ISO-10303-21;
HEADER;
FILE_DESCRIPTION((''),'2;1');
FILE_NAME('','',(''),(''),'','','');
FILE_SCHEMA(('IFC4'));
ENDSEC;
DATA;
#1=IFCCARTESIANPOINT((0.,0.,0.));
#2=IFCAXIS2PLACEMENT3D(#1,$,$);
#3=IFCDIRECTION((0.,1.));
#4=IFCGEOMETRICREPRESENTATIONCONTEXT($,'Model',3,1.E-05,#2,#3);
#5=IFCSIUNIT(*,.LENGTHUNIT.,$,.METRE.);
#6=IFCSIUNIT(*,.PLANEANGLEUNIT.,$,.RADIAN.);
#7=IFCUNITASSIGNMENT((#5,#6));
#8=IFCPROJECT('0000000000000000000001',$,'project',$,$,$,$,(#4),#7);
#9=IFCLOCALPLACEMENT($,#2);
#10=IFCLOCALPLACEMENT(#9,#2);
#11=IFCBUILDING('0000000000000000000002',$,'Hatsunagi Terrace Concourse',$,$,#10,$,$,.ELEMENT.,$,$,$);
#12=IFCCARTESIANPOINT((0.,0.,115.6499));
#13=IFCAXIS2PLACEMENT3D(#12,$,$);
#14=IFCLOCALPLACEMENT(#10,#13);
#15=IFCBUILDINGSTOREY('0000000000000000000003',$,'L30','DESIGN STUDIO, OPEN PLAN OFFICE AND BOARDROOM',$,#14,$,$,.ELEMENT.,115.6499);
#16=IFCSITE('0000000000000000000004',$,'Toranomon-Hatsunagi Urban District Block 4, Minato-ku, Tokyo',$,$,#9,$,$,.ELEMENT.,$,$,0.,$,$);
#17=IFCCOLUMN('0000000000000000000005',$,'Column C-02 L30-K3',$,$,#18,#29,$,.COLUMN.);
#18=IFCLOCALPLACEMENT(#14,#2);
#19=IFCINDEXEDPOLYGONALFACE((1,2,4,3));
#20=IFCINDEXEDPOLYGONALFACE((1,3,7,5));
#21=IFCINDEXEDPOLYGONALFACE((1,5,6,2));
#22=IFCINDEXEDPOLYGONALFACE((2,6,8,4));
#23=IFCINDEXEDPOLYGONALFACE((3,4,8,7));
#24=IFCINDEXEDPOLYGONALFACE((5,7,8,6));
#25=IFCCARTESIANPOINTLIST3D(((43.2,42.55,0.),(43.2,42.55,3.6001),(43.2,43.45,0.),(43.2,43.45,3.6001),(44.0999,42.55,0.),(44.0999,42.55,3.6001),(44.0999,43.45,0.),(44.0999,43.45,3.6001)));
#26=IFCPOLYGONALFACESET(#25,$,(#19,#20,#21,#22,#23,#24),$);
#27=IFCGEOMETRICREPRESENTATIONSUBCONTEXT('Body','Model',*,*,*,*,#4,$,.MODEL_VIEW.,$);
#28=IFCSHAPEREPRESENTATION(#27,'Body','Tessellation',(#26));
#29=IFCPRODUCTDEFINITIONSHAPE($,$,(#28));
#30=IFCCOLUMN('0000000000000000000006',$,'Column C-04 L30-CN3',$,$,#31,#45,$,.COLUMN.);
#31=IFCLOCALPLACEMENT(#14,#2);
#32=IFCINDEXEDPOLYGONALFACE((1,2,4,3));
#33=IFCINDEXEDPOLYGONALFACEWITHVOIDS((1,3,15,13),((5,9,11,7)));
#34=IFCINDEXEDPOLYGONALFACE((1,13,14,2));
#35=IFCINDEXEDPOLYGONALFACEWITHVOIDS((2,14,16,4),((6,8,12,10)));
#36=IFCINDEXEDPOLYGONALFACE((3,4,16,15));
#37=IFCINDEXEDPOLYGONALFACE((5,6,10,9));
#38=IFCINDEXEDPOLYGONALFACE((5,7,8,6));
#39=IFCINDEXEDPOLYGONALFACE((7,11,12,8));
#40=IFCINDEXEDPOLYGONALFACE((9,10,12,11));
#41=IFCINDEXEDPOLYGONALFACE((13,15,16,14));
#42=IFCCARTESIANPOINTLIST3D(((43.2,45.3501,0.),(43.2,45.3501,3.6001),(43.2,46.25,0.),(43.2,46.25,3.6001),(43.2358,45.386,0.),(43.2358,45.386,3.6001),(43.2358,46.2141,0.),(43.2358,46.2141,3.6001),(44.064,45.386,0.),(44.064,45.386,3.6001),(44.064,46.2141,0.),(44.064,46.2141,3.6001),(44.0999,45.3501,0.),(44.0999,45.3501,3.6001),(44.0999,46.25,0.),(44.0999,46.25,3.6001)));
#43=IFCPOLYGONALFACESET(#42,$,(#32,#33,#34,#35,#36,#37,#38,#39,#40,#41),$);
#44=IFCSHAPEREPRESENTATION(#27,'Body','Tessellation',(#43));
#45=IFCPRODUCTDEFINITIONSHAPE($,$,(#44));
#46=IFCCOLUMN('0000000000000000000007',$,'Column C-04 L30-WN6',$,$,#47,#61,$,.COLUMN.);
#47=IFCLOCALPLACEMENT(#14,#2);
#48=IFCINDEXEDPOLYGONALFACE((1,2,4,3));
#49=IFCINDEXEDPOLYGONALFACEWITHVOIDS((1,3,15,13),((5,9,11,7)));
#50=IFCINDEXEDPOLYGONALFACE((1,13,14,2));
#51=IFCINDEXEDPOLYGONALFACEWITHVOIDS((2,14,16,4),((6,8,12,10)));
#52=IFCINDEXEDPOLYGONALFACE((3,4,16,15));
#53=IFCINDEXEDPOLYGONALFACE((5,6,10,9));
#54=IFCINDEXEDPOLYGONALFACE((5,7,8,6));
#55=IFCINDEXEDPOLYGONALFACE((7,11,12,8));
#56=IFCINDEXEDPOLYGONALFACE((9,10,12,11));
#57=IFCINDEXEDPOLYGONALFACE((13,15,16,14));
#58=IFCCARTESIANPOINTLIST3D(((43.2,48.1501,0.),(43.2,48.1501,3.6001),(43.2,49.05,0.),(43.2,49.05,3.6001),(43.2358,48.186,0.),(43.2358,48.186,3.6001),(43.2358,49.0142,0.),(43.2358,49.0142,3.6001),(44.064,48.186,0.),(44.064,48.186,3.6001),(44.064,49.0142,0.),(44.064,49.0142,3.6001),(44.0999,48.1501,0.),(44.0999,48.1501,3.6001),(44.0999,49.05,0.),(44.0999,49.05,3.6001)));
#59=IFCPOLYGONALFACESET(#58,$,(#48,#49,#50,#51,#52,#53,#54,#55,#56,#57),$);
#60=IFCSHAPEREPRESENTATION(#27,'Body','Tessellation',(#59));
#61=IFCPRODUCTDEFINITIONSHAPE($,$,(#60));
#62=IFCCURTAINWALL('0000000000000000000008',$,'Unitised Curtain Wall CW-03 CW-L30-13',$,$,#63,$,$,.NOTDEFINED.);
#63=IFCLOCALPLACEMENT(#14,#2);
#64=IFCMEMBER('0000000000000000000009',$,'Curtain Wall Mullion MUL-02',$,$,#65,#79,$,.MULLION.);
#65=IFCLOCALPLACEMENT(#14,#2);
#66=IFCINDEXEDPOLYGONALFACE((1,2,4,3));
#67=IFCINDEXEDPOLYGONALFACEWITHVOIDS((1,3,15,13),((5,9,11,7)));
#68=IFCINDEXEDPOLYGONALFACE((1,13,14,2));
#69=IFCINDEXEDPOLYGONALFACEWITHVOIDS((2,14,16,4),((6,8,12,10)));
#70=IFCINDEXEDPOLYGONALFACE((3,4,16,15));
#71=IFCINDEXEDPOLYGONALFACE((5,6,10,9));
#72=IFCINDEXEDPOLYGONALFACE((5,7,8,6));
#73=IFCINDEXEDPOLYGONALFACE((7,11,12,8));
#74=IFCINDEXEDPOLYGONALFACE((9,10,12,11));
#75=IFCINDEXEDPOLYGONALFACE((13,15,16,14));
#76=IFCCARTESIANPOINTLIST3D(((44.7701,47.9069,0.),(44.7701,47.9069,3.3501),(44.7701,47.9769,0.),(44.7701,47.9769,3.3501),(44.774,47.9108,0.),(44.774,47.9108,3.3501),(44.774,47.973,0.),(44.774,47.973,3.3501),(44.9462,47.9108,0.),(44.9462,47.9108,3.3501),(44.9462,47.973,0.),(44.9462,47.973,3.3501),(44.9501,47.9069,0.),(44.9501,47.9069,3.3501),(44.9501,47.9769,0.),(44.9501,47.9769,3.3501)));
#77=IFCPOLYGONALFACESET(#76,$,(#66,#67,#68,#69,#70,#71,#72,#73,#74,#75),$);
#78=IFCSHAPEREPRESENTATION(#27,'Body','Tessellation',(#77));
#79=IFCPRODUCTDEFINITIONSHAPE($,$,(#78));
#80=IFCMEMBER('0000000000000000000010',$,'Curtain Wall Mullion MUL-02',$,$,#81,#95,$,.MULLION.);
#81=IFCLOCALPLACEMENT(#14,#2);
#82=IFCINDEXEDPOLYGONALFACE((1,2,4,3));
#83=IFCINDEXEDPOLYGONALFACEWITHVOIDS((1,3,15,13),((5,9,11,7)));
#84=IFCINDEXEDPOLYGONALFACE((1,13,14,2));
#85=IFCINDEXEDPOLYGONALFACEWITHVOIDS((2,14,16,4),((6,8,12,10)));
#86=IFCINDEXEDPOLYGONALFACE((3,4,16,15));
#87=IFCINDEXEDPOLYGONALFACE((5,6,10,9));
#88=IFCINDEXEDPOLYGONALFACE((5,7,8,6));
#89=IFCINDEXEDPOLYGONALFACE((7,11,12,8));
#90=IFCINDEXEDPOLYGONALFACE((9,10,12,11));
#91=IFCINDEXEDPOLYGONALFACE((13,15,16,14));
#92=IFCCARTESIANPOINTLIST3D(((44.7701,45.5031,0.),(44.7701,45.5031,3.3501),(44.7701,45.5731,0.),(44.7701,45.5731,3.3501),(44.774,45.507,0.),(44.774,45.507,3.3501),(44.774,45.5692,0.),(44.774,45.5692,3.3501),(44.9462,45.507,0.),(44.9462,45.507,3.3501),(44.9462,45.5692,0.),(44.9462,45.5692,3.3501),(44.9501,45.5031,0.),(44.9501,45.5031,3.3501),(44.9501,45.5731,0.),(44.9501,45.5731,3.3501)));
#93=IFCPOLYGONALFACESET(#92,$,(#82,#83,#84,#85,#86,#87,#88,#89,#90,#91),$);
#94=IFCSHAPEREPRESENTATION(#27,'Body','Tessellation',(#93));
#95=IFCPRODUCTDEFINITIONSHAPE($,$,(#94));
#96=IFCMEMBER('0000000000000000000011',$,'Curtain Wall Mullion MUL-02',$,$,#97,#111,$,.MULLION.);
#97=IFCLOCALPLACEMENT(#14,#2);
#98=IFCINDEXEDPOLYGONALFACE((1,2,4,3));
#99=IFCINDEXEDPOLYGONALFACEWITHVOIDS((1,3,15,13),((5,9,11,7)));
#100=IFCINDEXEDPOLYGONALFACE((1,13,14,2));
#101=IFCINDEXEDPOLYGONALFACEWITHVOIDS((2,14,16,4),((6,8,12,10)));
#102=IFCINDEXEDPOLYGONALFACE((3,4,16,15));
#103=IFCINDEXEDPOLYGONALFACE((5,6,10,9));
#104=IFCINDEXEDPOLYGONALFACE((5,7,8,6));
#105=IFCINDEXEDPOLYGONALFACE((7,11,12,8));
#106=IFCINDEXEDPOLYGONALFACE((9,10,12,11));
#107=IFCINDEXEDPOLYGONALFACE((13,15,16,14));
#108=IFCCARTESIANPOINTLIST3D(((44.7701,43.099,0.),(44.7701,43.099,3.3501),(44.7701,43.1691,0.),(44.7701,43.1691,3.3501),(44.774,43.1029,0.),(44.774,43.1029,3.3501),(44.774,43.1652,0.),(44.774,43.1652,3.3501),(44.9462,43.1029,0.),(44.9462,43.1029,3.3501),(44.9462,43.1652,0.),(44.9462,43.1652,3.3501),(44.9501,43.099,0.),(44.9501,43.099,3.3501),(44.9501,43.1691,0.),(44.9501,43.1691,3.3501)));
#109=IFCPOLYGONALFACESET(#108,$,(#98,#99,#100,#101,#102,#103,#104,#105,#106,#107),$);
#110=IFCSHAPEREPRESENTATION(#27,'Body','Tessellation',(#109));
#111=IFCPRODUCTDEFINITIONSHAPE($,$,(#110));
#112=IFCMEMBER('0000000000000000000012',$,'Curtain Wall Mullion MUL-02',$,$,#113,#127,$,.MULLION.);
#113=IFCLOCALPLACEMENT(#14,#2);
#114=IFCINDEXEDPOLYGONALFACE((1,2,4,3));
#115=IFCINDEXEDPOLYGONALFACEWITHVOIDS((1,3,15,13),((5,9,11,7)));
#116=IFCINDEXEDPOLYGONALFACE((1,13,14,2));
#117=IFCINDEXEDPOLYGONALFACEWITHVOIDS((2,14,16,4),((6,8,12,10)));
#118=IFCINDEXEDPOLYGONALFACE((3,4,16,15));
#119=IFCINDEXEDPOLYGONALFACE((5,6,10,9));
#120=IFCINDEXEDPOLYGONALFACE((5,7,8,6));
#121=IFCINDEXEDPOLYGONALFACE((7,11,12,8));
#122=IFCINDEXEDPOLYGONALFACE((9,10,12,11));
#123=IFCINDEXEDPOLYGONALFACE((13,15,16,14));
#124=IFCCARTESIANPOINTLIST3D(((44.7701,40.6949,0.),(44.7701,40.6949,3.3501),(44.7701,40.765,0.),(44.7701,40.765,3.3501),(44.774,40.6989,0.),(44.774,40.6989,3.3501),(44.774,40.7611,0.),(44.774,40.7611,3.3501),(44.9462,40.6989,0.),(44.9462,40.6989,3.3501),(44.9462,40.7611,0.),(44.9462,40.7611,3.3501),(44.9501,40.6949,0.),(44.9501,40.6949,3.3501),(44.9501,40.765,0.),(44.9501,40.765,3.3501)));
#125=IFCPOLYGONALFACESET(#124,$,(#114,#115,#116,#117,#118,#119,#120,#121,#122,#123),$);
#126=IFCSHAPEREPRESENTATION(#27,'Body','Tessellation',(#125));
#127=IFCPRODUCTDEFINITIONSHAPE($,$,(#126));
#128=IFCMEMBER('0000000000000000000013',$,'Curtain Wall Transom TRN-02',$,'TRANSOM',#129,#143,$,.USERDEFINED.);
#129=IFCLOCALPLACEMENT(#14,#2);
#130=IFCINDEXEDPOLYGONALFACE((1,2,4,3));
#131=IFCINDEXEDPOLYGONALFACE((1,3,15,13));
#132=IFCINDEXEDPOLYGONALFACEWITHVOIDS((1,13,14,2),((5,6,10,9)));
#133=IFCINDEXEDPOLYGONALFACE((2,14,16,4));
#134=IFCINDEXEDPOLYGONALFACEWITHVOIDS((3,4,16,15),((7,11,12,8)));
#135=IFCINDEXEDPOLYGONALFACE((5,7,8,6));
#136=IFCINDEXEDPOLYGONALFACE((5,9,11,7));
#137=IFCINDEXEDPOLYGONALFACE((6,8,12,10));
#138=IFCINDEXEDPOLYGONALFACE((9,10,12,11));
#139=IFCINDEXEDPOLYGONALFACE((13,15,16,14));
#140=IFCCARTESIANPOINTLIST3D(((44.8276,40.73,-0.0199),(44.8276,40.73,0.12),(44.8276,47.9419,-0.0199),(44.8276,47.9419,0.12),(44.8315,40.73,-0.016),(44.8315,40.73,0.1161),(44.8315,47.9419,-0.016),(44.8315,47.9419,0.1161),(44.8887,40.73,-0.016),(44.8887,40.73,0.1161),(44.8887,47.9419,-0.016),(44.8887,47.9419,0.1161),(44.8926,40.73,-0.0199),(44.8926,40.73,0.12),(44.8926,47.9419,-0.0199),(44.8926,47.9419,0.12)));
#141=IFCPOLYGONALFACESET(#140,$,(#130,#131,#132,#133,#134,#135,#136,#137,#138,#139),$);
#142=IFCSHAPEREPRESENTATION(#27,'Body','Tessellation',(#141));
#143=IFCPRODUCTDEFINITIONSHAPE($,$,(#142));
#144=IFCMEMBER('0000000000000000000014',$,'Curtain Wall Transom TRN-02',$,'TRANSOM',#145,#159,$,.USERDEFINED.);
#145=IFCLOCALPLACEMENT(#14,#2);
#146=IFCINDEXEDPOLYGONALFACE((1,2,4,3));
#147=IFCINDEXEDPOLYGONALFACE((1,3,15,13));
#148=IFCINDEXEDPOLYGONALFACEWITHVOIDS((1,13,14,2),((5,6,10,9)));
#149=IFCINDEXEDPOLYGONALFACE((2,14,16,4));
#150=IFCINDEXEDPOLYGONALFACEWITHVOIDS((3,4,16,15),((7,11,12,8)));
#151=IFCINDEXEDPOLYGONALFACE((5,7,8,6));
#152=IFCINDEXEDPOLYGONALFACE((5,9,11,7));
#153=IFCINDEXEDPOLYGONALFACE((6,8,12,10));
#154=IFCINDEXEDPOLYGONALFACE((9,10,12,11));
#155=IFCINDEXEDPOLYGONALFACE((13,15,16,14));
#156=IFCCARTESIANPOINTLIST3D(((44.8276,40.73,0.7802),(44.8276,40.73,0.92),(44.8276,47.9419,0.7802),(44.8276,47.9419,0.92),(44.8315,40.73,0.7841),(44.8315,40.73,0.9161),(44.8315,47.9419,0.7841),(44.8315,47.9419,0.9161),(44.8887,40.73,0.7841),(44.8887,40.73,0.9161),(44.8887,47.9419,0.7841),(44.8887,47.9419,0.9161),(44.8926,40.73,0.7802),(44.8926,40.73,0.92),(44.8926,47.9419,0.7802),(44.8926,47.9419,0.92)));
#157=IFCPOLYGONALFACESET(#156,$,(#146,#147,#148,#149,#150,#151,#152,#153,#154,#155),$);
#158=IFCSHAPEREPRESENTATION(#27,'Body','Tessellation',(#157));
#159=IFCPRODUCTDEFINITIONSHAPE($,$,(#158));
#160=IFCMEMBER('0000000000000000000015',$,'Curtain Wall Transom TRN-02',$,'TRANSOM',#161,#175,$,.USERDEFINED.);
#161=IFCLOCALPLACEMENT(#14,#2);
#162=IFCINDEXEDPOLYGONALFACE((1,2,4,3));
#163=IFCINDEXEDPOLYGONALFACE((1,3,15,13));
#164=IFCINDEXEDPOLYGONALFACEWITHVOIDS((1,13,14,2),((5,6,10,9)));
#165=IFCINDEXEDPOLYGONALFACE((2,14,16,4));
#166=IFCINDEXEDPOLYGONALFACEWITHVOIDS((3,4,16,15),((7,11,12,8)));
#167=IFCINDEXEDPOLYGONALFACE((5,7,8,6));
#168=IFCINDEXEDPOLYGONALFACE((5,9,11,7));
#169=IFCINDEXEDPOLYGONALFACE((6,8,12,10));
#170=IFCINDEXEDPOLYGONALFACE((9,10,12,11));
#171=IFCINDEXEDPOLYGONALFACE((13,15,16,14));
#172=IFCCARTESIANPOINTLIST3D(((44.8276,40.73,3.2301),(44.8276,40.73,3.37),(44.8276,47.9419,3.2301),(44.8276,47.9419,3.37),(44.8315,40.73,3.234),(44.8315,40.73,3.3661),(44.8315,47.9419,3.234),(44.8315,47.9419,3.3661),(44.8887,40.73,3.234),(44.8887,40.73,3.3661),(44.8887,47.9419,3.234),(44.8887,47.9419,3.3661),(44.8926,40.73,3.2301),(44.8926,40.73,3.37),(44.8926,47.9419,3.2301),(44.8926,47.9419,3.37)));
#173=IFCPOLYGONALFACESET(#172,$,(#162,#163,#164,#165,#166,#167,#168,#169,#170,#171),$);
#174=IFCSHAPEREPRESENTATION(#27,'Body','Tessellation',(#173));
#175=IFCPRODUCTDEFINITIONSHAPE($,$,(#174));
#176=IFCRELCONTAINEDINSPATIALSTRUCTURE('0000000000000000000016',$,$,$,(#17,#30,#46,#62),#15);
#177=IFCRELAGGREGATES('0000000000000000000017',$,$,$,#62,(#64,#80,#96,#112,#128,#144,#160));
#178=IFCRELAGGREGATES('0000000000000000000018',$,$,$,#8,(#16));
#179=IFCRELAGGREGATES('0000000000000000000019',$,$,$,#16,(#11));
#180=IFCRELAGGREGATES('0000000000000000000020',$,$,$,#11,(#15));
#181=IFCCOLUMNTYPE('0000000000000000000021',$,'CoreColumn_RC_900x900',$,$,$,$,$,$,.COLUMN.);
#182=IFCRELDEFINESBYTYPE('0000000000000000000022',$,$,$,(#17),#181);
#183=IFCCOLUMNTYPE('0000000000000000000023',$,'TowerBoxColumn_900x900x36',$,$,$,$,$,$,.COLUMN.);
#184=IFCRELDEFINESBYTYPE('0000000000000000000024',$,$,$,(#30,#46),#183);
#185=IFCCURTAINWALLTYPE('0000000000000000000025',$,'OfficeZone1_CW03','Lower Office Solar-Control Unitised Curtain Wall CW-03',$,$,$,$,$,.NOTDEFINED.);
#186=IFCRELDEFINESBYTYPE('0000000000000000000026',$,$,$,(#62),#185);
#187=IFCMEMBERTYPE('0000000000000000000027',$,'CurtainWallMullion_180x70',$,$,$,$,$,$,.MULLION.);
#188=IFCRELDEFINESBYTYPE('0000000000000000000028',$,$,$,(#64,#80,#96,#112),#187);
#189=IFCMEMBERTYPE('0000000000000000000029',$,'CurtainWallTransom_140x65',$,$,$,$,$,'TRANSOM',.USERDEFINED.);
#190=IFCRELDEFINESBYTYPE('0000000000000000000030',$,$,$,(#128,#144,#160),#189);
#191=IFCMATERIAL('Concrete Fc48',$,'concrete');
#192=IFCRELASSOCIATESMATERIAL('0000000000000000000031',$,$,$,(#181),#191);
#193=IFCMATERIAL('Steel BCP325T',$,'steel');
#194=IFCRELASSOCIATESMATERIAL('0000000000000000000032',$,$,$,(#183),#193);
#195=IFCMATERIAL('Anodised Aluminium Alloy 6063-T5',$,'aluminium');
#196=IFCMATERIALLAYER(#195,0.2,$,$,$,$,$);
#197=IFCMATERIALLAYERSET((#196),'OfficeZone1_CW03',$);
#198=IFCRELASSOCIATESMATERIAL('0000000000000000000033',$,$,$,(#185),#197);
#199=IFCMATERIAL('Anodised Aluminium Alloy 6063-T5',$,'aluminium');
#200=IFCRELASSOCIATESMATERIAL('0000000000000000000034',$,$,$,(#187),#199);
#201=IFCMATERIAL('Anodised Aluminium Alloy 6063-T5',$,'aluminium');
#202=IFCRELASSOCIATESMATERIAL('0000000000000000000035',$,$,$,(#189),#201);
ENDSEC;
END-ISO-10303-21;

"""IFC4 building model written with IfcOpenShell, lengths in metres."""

from ifc_helpers import new_model, si_unit, direction, frame, origin, origin_2d, place, context, subcontext, project, spatial, rectangle, hollow_rectangle, extrude, material, layer, layer_set, material_profile, profile_set, type_object, element, aggregate, save


model = new_model("IFC4")

# Units and contexts
model_context = context("Model", 3, precision=1e-05, world=origin(), true_north=direction((0.0, 1.0)))
body_context = subcontext(model_context, "Body", "Model", "MODEL_VIEW")
ifc_project = project(units=[si_unit("LENGTHUNIT", "METRE"), si_unit("PLANEANGLEUNIT", "RADIAN")], contexts=[model_context])

# Site, building, storey
site_placement = place(None, origin())
site = spatial("IfcSite", under=ifc_project, at=site_placement, Name="Toranomon-Hatsunagi Urban District Block 4, Minato-ku, Tokyo", CompositionType="ELEMENT", RefElevation=0.0)
building_placement = place(site_placement, origin())
building = spatial("IfcBuilding", under=site, at=building_placement, Name="Hatsunagi Terrace Concourse", CompositionType="ELEMENT")
storey_placement = place(building_placement, frame((0.0, 0.0, 115.6499)))
storey = spatial("IfcBuildingStorey", under=building, at=storey_placement, Name="L30", Description="DESIGN STUDIO, OPEN PLAN OFFICE AND BOARDROOM", CompositionType="ELEMENT", Elevation=115.6499)

# Columns
ifc_material_1 = material(Name="Concrete Fc48", Category="concrete")
ifc_material_profile_1 = material_profile(ifc_material_1, rectangle(XDim=0.8999, YDim=0.8999, at=origin_2d()), Name="RC-900x900")
ifc_profile_set_1 = profile_set([ifc_material_profile_1], Name="Concrete Fc48")
column_type_1 = type_object("IfcColumnType", Name="CoreColumn_RC_900x900", PredefinedType="COLUMN", material=ifc_profile_set_1)
column_placement = place(storey_placement, frame((43.6499, 43.0, 0.0), z_axis=(0.0, 0.0, 1.0), x_axis=(1.0, 0.0, 0.0)))
element("IfcColumn", 1, at=column_placement, inside=storey, type_object=column_type_1, Name="Column C-02 L30-K3", PredefinedType="COLUMN", context=body_context, shape_type="SweptSolid", body=[
    extrude(rectangle(XDim=0.8999, YDim=0.8999, at=origin_2d()), origin(), (0.0, 0.0, 1.0), 3.6001),
])
ifc_material_2 = material(Name="Steel BCP325T", Category="steel")
ifc_material_profile_2 = material_profile(ifc_material_2, hollow_rectangle(XDim=0.8999, YDim=0.8999, WallThickness=0.0359, at=origin_2d()), Name="BCP-900x900x36")
ifc_profile_set_2 = profile_set([ifc_material_profile_2], Name="Steel BCP325T")
column_type_2 = type_object("IfcColumnType", Name="TowerBoxColumn_900x900x36", PredefinedType="COLUMN", material=ifc_profile_set_2)
for number, where, z_axis, x_axis, name in (
    (2, (43.6499, 45.8, 0.0), (0.0, 0.0, 1.0), (1.0, 0.0, 0.0), "Column C-04 L30-CN3"),
    (3, (43.6499, 48.6001, 0.0), (0.0, 0.0, 1.0), (1.0, 0.0, 0.0), "Column C-04 L30-WN6"),
):
    element("IfcColumn", number, at=place(storey_placement, frame(where, z_axis=z_axis, x_axis=x_axis)), inside=storey, type_object=column_type_2, Name=name, PredefinedType="COLUMN", context=body_context, shape_type="SweptSolid", body=[
        extrude(hollow_rectangle(XDim=0.8999, YDim=0.8999, WallThickness=0.0359, at=origin_2d()), origin(), (0.0, 0.0, 1.0), 3.6001),
    ])

# Curtain wall, members
ifc_material_3 = material(Name="Anodised Aluminium Alloy 6063-T5", Category="aluminium")
ifc_layer_1 = layer(ifc_material_3, 0.2)
ifc_layer_set_1 = layer_set([ifc_layer_1], Name="OfficeZone1_CW03")
curtain_wall_type = type_object("IfcCurtainWallType", Name="OfficeZone1_CW03", Description="Lower Office Solar-Control Unitised Curtain Wall CW-03", PredefinedType="NOTDEFINED", material=ifc_layer_set_1)
curtain_wall_placement = place(storey_placement, origin())
curtain_wall = element("IfcCurtainWall", 4, at=curtain_wall_placement, inside=storey, type_object=curtain_wall_type, Name="Unitised Curtain Wall CW-03 CW-L30-13", PredefinedType="NOTDEFINED")
ifc_material_4 = material(Name="Anodised Aluminium Alloy 6063-T5", Category="aluminium")
ifc_material_profile_3 = material_profile(ifc_material_4, hollow_rectangle(XDim=0.0701, YDim=0.1799, WallThickness=0.0039, at=origin_2d()), Name="ALU-MUL-180x70x4")
ifc_profile_set_3 = profile_set([ifc_material_profile_3], Name="Anodised Aluminium Alloy 6063-T5")
member_type_1 = type_object("IfcMemberType", Name="CurtainWallMullion_180x70", PredefinedType="MULLION", material=ifc_profile_set_3)
member_1_placement = place(storey_placement, frame((44.8601, 47.9419, 0.0), z_axis=(0.0, 0.0, 1.0), x_axis=(0.0, -1.0, 0.0)))
member_1 = element("IfcMember", 5, at=member_1_placement, type_object=member_type_1, Name="Curtain Wall Mullion MUL-02", PredefinedType="MULLION", context=body_context, shape_type="SweptSolid", body=[
    extrude(hollow_rectangle(XDim=0.0701, YDim=0.1799, WallThickness=0.0039, at=origin_2d()), origin(), (0.0, 0.0, 1.0), 3.3501),
])
member_2_placement = place(storey_placement, frame((44.8601, 45.5381, 0.0), z_axis=(0.0, 0.0, 1.0), x_axis=(0.0, -1.0, 0.0)))
member_2 = element("IfcMember", 6, at=member_2_placement, type_object=member_type_1, Name="Curtain Wall Mullion MUL-02", PredefinedType="MULLION", context=body_context, shape_type="SweptSolid", body=[
    extrude(hollow_rectangle(XDim=0.0701, YDim=0.1799, WallThickness=0.0039, at=origin_2d()), origin(), (0.0, 0.0, 1.0), 3.3501),
])
member_3_placement = place(storey_placement, frame((44.8601, 43.134, 0.0), z_axis=(0.0, 0.0, 1.0), x_axis=(0.0, -1.0, 0.0)))
member_3 = element("IfcMember", 7, at=member_3_placement, type_object=member_type_1, Name="Curtain Wall Mullion MUL-02", PredefinedType="MULLION", context=body_context, shape_type="SweptSolid", body=[
    extrude(hollow_rectangle(XDim=0.0701, YDim=0.1799, WallThickness=0.0039, at=origin_2d()), origin(), (0.0, 0.0, 1.0), 3.3501),
])
member_4_placement = place(storey_placement, frame((44.8601, 40.73, 0.0), z_axis=(0.0, 0.0, 1.0), x_axis=(0.0, -1.0, 0.0)))
member_4 = element("IfcMember", 8, at=member_4_placement, type_object=member_type_1, Name="Curtain Wall Mullion MUL-02", PredefinedType="MULLION", context=body_context, shape_type="SweptSolid", body=[
    extrude(hollow_rectangle(XDim=0.0701, YDim=0.1799, WallThickness=0.0039, at=origin_2d()), origin(), (0.0, 0.0, 1.0), 3.3501),
])
ifc_material_5 = material(Name="Anodised Aluminium Alloy 6063-T5", Category="aluminium")
ifc_material_profile_4 = material_profile(ifc_material_5, hollow_rectangle(XDim=0.0649, YDim=0.1399, WallThickness=0.0039, at=origin_2d()), Name="ALU-TRN-140x65x4")
ifc_profile_set_4 = profile_set([ifc_material_profile_4], Name="Anodised Aluminium Alloy 6063-T5")
member_type_2 = type_object("IfcMemberType", Name="CurtainWallTransom_140x65", ElementType="TRANSOM", PredefinedType="USERDEFINED", material=ifc_profile_set_4)
member_5_placement = place(storey_placement, frame((44.8601, 47.9419, 0.05), z_axis=(0.0, -1.0, 0.0), x_axis=(1.0, 0.0, 0.0)))
member_5 = element("IfcMember", 9, at=member_5_placement, type_object=member_type_2, Name="Curtain Wall Transom TRN-02", ObjectType="TRANSOM", PredefinedType="USERDEFINED", context=body_context, shape_type="SweptSolid", body=[
    extrude(hollow_rectangle(XDim=0.0649, YDim=0.1399, WallThickness=0.0039, at=origin_2d()), origin(), (0.0, 0.0, 1.0), 7.2119),
])
member_6_placement = place(storey_placement, frame((44.8601, 47.9419, 0.8501), z_axis=(0.0, -1.0, 0.0), x_axis=(1.0, 0.0, 0.0)))
member_6 = element("IfcMember", 10, at=member_6_placement, type_object=member_type_2, Name="Curtain Wall Transom TRN-02", ObjectType="TRANSOM", PredefinedType="USERDEFINED", context=body_context, shape_type="SweptSolid", body=[
    extrude(hollow_rectangle(XDim=0.0649, YDim=0.1399, WallThickness=0.0039, at=origin_2d()), origin(), (0.0, 0.0, 1.0), 7.2119),
])
member_7_placement = place(storey_placement, frame((44.8601, 47.9419, 3.3), z_axis=(0.0, -1.0, 0.0), x_axis=(1.0, 0.0, 0.0)))
member_7 = element("IfcMember", 11, at=member_7_placement, type_object=member_type_2, Name="Curtain Wall Transom TRN-02", ObjectType="TRANSOM", PredefinedType="USERDEFINED", context=body_context, shape_type="SweptSolid", body=[
    extrude(hollow_rectangle(XDim=0.0649, YDim=0.1399, WallThickness=0.0039, at=origin_2d()), origin(), (0.0, 0.0, 1.0), 7.2119),
])

aggregate(curtain_wall, [member_1, member_2, member_3, member_4, member_5, member_6, member_7])

save(model, "model.ifc")
